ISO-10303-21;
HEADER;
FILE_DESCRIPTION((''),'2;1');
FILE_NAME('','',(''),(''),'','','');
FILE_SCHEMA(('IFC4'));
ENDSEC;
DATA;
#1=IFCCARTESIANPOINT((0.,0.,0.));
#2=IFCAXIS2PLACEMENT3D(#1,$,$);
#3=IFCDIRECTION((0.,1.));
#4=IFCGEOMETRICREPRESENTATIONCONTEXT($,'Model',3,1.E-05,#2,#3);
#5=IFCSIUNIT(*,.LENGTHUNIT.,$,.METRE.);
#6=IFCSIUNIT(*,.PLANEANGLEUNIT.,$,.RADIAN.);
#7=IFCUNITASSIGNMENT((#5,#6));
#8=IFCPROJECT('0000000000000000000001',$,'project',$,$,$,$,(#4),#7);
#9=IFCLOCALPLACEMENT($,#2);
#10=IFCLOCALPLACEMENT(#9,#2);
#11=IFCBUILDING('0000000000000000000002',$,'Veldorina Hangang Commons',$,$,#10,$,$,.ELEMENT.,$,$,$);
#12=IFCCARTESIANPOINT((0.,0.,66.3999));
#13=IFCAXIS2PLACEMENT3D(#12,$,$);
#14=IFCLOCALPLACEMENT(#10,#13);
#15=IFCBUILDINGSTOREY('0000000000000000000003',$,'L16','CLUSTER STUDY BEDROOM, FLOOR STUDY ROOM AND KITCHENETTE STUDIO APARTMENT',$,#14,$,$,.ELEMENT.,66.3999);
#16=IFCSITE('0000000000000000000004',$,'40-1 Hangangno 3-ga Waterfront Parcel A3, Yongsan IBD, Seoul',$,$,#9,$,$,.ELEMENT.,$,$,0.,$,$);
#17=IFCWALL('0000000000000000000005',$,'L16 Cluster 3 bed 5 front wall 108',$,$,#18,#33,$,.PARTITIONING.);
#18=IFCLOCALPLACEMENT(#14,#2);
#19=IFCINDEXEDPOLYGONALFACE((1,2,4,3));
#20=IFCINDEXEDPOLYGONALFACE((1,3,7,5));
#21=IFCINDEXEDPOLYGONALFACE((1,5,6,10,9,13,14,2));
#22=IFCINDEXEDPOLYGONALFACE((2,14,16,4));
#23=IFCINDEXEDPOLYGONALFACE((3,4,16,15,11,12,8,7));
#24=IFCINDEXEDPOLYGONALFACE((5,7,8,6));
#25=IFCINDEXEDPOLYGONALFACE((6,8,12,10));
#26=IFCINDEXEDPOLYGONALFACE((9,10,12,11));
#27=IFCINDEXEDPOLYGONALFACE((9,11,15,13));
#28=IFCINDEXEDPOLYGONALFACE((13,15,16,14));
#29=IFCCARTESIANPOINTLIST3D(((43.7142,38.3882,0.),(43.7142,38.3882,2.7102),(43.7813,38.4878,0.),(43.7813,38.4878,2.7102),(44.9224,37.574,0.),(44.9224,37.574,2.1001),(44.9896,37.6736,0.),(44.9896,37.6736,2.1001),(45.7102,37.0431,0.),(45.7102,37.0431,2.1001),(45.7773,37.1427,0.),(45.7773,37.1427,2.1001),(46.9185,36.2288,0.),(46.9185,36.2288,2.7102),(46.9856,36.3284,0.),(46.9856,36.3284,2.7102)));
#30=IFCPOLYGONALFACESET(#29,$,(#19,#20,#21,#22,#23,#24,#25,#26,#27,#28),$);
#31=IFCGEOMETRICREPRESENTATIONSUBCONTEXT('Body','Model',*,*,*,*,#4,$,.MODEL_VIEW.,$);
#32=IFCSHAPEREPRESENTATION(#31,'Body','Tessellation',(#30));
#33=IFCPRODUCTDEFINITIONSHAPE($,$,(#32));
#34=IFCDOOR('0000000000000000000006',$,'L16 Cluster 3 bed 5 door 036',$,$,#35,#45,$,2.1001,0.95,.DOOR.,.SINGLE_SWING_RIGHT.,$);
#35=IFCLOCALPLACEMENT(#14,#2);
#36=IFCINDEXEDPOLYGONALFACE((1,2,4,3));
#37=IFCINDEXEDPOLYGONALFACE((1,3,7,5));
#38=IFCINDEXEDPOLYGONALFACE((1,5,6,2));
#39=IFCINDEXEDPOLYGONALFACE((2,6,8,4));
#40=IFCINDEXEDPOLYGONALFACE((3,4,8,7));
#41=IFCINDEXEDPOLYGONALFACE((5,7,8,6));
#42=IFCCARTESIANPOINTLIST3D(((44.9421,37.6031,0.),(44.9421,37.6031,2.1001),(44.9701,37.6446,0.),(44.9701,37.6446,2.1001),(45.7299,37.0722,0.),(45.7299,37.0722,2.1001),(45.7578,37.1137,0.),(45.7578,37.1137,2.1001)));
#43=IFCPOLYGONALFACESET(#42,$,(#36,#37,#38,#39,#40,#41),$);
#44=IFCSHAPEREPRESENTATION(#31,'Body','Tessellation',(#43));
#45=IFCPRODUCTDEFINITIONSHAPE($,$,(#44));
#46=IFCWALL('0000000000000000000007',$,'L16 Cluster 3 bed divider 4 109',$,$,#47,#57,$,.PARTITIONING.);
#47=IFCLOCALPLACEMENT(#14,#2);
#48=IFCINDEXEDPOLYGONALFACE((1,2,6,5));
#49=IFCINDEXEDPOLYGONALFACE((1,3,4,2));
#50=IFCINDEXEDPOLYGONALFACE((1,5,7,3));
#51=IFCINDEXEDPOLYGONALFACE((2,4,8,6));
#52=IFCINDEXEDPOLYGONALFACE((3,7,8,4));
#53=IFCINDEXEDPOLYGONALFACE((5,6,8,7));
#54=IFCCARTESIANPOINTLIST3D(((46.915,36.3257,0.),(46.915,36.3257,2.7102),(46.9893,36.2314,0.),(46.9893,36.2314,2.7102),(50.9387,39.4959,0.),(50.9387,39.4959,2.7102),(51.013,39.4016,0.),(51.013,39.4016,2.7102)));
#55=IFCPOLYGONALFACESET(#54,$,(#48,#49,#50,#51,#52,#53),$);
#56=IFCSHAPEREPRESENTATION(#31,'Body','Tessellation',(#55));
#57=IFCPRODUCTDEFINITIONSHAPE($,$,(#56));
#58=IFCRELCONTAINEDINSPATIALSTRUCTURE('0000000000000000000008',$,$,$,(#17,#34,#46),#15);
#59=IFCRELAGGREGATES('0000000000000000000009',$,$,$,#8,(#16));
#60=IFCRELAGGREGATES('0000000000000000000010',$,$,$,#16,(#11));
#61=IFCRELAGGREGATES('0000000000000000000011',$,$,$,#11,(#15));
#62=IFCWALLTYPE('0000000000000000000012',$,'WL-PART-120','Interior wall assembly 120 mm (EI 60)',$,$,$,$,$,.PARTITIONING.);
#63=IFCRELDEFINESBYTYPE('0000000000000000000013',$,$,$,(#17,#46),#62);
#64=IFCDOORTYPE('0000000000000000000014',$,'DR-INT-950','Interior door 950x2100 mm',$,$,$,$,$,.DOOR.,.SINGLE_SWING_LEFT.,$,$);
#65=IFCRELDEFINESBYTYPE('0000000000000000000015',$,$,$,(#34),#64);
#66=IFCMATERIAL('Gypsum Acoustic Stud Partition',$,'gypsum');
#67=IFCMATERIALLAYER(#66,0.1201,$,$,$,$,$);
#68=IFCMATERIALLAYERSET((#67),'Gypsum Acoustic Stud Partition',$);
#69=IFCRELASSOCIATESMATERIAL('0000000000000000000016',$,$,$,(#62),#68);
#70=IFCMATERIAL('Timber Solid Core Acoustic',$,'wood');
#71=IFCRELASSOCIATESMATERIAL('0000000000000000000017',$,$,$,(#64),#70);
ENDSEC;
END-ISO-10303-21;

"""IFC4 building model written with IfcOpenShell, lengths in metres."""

from ifc_helpers import new_model, si_unit, direction, frame, frame_2d, origin, place, context, subcontext, project, spatial, rectangle, extrude, material, layer, layer_set, type_object, element, fill, save


model = new_model("IFC4")

# Units and contexts
model_context = context("Model", 3, precision=1e-05, world=origin(), true_north=direction((0.0, 1.0)))
body_context = subcontext(model_context, "Body", "Model", "MODEL_VIEW")
ifc_project = project(units=[si_unit("LENGTHUNIT", "METRE"), si_unit("PLANEANGLEUNIT", "RADIAN")], contexts=[model_context])

# Site, building, storey
site_placement = place(None, origin())
site = spatial("IfcSite", under=ifc_project, at=site_placement, Name="40-1 Hangangno 3-ga Waterfront Parcel A3, Yongsan IBD, Seoul", CompositionType="ELEMENT", RefElevation=0.0)
building_placement = place(site_placement, origin())
building = spatial("IfcBuilding", under=site, at=building_placement, Name="Veldorina Hangang Commons", CompositionType="ELEMENT")
storey_placement = place(building_placement, frame((0.0, 0.0, 66.3999)))
storey = spatial("IfcBuildingStorey", under=building, at=storey_placement, Name="L16", Description="CLUSTER STUDY BEDROOM, FLOOR STUDY ROOM AND KITCHENETTE STUDIO APARTMENT", CompositionType="ELEMENT", Elevation=66.3999)

# Shared definitions
ifc_material_1 = material(Name="Gypsum Acoustic Stud Partition", Category="gypsum")
ifc_layer_1 = layer(ifc_material_1, 0.1201)
ifc_layer_set_1 = layer_set([ifc_layer_1], Name="Gypsum Acoustic Stud Partition")
wall_type_1 = type_object("IfcWallType", Name="WL-PART-120", Description="Interior wall assembly 120 mm (EI 60)", PredefinedType="PARTITIONING", material=ifc_layer_set_1)
ifc_material_2 = material(Name="Timber Solid Core Acoustic", Category="wood")
door_type = type_object("IfcDoorType", Name="DR-INT-950", Description="Interior door 950x2100 mm", OperationType="SINGLE_SWING_LEFT", PredefinedType="DOOR", material=ifc_material_2)

# Wall, opening, door
wall_1_placement = place(storey_placement, frame((46.9521, 36.2786, 0.0), z_axis=(0.0, 0.0, 1.0), x_axis=(-0.82927, 0.558849, 0.0)))
wall_1 = element("IfcWall", 1, at=wall_1_placement, inside=storey, type_object=wall_type_1, Name="L16 Cluster 3 bed 5 front wall 108", PredefinedType="PARTITIONING", context=body_context, shape_type="SweptSolid", body=[
    extrude(rectangle(XDim=3.864, YDim=0.1201, at=frame_2d((1.9321, 0.0))), origin(), (0.0, 0.0, 1.0), 2.7102),
])
opening_1_placement = place(wall_1_placement, frame((1.457, 0.0, 0.0)))
opening_1 = element("IfcOpeningElement", 2, at=opening_1_placement, cuts=wall_1, PredefinedType="OPENING", context=body_context, shape_type="SweptSolid", body=[
    extrude(rectangle(XDim=0.95, YDim=2.1001, at=frame_2d((0.4751, 1.05))), frame((0.0, 0.0701, 0.0), z_axis=(0.0, -1.0, 0.0), x_axis=(1.0, 0.0, 0.0)), (0.0, 0.0, 1.0), 0.1401),
])
door_1_placement = place(opening_1_placement, origin())
door_1 = element("IfcDoor", 3, at=door_1_placement, inside=storey, type_object=door_type, Name="L16 Cluster 3 bed 5 door 036", OperationType="SINGLE_SWING_RIGHT", OverallHeight=2.1001, OverallWidth=0.95, PredefinedType="DOOR", context=body_context, shape_type="SweptSolid", body=[
    extrude(rectangle(XDim=0.95, YDim=2.1001, at=frame_2d((0.4751, 1.05))), frame((0.0, 0.0249, 0.0), z_axis=(0.0, -1.0, 0.0), x_axis=(1.0, 0.0, 0.0)), (0.0, 0.0, 1.0), 0.05),
])
fill(opening_1, door_1)

# Wall
wall_2_placement = place(storey_placement, frame((46.9521, 36.2786, 0.0), z_axis=(0.0, 0.0, 1.0), x_axis=(0.785492, 0.618871, 0.0)))
element("IfcWall", 4, at=wall_2_placement, inside=storey, type_object=wall_type_1, Name="L16 Cluster 3 bed divider 4 109", PredefinedType="PARTITIONING", context=body_context, shape_type="SweptSolid", body=[
    extrude(rectangle(XDim=5.1226, YDim=0.1201, at=frame_2d((2.5613, 0.0))), origin(), (0.0, 0.0, 1.0), 2.7102),
])

save(model, "model.ifc")
